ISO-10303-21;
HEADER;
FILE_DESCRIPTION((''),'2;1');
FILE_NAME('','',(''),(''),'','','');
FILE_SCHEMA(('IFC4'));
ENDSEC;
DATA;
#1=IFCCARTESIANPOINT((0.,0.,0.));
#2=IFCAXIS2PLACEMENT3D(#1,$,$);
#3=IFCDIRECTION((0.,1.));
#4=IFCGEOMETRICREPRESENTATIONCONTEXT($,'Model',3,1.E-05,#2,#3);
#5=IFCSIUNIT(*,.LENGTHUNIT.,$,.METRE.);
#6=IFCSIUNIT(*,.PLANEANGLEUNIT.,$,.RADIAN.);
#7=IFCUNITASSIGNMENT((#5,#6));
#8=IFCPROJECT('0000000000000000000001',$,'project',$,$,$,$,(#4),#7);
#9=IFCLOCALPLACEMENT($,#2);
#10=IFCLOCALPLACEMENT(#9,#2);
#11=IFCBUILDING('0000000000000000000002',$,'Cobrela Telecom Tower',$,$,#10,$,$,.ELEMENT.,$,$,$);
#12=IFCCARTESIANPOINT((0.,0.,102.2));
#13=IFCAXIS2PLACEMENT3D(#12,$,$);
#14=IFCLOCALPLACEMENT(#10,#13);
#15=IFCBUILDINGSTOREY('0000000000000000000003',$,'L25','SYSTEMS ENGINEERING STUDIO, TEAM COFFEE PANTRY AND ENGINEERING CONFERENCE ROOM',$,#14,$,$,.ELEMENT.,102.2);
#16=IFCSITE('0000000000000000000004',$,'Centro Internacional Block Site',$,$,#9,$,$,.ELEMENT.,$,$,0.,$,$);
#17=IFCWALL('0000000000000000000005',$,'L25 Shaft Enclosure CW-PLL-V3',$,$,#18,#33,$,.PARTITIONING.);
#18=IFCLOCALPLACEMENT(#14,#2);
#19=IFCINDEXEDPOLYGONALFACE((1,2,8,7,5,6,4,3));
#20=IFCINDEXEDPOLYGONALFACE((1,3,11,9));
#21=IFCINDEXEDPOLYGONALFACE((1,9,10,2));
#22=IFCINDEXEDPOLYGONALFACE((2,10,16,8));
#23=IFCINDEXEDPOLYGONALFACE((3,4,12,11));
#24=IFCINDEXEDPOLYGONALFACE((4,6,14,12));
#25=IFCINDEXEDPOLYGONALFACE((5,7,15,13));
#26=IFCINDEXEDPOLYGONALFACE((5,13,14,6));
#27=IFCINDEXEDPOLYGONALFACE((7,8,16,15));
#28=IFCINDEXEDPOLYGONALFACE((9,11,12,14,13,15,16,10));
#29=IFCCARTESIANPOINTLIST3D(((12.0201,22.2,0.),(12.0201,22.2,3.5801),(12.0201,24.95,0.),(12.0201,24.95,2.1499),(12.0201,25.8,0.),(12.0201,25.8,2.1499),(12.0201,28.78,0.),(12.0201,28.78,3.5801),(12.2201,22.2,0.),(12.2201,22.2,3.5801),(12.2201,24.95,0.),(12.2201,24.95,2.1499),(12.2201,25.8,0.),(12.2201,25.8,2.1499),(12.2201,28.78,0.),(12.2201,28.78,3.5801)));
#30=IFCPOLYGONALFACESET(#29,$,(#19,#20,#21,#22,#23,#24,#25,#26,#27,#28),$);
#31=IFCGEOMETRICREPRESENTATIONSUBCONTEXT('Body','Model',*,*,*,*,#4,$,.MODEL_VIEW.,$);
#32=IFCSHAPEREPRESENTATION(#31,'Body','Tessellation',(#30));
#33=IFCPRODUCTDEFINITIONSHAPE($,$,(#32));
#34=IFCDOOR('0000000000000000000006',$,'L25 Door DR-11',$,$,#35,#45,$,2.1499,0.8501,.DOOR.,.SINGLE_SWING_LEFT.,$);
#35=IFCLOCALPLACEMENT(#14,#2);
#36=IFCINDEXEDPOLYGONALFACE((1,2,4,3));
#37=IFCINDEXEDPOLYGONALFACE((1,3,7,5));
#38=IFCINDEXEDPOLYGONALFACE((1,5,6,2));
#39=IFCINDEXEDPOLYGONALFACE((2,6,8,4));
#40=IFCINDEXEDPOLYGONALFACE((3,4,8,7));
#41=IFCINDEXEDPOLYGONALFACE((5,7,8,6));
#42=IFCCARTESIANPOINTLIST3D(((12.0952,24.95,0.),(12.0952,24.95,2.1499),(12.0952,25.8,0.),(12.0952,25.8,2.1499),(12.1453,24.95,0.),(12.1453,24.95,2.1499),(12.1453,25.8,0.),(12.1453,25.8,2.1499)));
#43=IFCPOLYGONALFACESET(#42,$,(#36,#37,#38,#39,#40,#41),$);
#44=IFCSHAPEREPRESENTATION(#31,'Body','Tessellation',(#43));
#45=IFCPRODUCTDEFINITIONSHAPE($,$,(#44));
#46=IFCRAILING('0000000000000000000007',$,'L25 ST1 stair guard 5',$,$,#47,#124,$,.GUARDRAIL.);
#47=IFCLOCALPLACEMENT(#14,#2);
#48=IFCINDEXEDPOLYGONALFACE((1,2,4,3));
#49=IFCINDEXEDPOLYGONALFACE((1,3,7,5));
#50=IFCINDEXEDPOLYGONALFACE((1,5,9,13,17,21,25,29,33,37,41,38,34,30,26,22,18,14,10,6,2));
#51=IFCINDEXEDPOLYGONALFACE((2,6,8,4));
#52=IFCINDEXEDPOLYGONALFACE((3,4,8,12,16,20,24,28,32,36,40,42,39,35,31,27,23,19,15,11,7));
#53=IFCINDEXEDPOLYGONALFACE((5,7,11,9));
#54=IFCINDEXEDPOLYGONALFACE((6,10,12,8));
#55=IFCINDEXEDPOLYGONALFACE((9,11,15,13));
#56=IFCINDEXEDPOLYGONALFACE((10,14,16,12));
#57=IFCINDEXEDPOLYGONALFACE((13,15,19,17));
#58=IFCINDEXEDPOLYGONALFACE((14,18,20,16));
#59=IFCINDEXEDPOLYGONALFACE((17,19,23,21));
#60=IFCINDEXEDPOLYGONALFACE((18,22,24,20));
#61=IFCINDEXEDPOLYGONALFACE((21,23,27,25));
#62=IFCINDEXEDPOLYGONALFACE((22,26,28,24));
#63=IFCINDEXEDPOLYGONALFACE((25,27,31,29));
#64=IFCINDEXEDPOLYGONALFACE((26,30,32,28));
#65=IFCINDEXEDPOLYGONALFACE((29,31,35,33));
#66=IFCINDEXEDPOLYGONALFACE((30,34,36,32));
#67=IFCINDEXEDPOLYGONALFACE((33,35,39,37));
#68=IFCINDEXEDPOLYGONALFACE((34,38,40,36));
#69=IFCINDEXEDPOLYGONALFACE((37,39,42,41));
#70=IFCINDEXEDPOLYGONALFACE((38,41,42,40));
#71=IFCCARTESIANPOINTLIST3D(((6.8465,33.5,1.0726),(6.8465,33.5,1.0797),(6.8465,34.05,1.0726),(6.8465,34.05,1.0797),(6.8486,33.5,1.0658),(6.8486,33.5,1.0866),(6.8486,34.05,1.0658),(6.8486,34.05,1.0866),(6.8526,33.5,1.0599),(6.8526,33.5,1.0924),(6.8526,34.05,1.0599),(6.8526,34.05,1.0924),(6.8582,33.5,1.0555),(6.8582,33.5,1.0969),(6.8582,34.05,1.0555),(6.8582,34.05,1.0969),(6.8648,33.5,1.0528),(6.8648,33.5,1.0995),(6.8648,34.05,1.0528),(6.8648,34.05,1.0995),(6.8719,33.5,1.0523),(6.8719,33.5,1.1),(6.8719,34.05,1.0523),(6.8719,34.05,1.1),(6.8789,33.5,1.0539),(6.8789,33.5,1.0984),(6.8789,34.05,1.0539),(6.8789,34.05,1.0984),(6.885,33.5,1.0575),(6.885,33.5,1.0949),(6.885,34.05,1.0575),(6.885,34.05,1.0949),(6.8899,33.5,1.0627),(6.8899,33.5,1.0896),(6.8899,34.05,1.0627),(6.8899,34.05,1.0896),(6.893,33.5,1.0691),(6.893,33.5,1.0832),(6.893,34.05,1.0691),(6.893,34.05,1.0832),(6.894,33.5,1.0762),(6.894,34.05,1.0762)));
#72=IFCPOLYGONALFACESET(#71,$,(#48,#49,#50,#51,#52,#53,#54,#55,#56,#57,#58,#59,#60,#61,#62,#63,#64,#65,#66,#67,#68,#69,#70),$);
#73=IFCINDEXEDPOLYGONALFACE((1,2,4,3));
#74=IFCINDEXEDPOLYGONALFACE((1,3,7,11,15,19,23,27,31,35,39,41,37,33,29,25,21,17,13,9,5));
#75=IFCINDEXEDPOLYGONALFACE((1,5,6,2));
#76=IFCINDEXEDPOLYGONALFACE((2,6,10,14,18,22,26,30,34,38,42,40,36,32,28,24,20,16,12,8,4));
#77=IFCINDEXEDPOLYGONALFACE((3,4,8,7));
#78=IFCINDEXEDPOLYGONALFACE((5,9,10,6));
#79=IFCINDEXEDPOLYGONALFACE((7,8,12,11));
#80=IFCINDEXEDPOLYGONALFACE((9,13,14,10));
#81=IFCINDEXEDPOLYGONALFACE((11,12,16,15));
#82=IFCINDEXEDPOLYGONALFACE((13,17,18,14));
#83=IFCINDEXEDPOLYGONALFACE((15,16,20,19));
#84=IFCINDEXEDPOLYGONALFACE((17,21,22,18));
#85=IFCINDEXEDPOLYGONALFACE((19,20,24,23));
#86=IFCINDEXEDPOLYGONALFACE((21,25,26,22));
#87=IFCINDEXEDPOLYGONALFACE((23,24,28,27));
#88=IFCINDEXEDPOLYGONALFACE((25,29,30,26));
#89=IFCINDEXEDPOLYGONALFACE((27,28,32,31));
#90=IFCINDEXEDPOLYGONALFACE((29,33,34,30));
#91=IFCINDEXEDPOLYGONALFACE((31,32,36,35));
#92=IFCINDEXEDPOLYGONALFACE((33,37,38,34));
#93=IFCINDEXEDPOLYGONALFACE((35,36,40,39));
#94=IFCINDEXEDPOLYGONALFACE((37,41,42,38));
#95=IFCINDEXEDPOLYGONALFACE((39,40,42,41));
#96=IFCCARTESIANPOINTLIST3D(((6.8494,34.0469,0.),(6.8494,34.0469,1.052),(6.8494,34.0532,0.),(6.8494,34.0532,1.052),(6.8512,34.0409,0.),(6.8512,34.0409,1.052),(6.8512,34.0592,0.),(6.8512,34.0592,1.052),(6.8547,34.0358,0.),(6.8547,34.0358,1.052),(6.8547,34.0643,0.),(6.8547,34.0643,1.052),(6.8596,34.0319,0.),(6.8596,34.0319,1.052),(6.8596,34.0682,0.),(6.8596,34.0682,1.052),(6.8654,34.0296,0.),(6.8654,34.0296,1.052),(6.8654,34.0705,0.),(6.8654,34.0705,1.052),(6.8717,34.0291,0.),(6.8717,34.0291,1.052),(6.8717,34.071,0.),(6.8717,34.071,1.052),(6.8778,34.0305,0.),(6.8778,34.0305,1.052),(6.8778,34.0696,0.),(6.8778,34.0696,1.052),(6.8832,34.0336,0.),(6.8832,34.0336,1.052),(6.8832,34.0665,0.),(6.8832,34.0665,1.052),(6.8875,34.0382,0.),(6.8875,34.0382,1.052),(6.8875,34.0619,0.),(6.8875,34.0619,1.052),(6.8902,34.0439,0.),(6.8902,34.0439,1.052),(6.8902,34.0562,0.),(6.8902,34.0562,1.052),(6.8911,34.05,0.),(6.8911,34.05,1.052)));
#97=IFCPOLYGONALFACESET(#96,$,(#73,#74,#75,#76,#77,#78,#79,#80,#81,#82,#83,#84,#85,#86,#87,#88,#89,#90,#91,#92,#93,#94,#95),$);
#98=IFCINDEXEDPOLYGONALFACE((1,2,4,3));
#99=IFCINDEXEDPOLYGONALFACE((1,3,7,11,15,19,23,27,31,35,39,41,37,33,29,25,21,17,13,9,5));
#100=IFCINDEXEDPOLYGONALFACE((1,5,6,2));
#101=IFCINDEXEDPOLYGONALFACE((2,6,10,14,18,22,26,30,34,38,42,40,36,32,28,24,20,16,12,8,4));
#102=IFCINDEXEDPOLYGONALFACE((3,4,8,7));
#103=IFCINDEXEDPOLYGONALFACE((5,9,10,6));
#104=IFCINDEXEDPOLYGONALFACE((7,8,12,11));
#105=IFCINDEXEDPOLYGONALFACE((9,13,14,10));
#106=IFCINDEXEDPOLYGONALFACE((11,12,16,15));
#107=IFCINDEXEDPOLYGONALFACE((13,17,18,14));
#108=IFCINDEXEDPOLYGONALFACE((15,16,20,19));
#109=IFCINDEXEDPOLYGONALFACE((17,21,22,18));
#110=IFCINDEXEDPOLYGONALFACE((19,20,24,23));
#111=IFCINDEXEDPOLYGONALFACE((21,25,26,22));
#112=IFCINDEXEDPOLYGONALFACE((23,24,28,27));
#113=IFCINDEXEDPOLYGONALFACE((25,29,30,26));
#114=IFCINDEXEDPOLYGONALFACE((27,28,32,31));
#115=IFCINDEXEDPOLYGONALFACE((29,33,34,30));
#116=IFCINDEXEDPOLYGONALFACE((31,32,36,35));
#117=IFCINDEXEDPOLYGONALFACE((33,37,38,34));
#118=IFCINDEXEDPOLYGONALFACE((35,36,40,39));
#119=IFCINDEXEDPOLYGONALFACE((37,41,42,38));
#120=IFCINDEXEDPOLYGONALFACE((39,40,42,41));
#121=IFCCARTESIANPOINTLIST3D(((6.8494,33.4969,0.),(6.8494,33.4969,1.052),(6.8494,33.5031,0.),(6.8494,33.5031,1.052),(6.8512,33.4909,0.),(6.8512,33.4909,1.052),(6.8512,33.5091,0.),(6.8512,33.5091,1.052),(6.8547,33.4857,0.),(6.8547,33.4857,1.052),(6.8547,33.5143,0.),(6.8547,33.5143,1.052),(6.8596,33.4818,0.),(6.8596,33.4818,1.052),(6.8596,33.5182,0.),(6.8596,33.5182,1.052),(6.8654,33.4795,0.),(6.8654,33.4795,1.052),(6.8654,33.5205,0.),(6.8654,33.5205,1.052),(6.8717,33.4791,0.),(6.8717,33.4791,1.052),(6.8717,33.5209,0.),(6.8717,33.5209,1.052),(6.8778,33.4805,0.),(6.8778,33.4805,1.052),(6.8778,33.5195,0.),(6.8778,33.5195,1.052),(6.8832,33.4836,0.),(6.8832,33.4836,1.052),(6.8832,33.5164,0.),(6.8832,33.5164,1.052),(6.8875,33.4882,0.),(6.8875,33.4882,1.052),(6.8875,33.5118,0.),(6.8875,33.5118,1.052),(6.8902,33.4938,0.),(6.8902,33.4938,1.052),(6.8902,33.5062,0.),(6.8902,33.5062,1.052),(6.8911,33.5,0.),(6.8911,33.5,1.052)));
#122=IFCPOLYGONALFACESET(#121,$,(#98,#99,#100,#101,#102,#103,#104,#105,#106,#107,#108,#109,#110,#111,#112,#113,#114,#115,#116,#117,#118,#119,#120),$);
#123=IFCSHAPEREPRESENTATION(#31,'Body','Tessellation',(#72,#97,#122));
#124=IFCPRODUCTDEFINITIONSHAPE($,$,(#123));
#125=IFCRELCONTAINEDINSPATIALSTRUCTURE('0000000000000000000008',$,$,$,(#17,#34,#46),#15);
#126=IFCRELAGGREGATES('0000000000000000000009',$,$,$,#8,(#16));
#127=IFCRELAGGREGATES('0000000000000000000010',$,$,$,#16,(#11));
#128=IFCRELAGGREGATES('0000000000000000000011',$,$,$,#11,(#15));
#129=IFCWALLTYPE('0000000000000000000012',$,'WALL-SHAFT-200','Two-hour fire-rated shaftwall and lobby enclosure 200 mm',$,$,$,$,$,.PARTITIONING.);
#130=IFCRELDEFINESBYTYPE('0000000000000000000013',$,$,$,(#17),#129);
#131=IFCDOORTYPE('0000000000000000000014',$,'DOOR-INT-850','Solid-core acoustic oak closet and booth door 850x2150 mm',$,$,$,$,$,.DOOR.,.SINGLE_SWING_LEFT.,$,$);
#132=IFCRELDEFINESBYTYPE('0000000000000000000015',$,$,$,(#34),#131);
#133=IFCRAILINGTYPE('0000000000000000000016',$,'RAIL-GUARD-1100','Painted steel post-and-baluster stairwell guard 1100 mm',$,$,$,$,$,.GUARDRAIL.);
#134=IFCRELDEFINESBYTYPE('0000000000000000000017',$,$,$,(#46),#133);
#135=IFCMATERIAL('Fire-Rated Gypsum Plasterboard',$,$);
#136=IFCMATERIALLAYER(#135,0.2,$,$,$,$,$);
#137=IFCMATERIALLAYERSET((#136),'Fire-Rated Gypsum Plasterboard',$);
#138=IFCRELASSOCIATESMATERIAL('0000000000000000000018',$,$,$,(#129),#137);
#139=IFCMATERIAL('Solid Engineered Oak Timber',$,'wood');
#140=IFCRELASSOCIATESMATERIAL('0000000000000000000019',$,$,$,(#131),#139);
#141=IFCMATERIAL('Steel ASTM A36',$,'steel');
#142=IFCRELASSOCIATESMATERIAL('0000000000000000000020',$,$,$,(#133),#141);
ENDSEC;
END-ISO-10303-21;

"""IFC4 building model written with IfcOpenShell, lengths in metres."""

from ifc_helpers import new_model, si_unit, direction, frame, frame_2d, origin, origin_2d, place, context, subcontext, project, spatial, rectangle, circle, extrude, material, layer, layer_set, type_object, element, fill, save


model = new_model("IFC4")

# Units and contexts
model_context = context("Model", 3, precision=1e-05, world=origin(), true_north=direction((0.0, 1.0)))
body_context = subcontext(model_context, "Body", "Model", "MODEL_VIEW")
ifc_project = project(units=[si_unit("LENGTHUNIT", "METRE"), si_unit("PLANEANGLEUNIT", "RADIAN")], contexts=[model_context])

# Site, building, storey
site_placement = place(None, origin())
site = spatial("IfcSite", under=ifc_project, at=site_placement, Name="Centro Internacional Block Site", CompositionType="ELEMENT", RefElevation=0.0)
building_placement = place(site_placement, origin())
building = spatial("IfcBuilding", under=site, at=building_placement, Name="Cobrela Telecom Tower", CompositionType="ELEMENT")
storey_placement = place(building_placement, frame((0.0, 0.0, 102.2)))
storey = spatial("IfcBuildingStorey", under=building, at=storey_placement, Name="L25", Description="SYSTEMS ENGINEERING STUDIO, TEAM COFFEE PANTRY AND ENGINEERING CONFERENCE ROOM", CompositionType="ELEMENT", Elevation=102.2)

# Shared definitions
ifc_material_1 = material(Name="Steel ASTM A36", Category="steel")

# Shared definitions
ifc_material_2 = material(Name="Fire-Rated Gypsum Plasterboard")

# Shared definitions
ifc_layer_1 = layer(ifc_material_2, 0.2)
ifc_layer_set_1 = layer_set([ifc_layer_1], Name="Fire-Rated Gypsum Plasterboard")
wall_type_1 = type_object("IfcWallType", Name="WALL-SHAFT-200", Description="Two-hour fire-rated shaftwall and lobby enclosure 200 mm", PredefinedType="PARTITIONING", material=ifc_layer_set_1)

# Wall, opening, door
wall_1_placement = place(storey_placement, frame((12.1201, 22.2, 0.0), z_axis=(0.0, 0.0, 1.0), x_axis=(0.0, 1.0, 0.0)))
wall_1 = element("IfcWall", 1, at=wall_1_placement, inside=storey, type_object=wall_type_1, Name="L25 Shaft Enclosure CW-PLL-V3", PredefinedType="PARTITIONING", context=body_context, shape_type="SweptSolid", body=[
    extrude(rectangle(XDim=6.5801, YDim=0.2, at=frame_2d((3.29, 0.0))), origin(), (0.0, 0.0, 1.0), 3.5801),
])
opening_1_placement = place(wall_1_placement, frame((2.75, 0.0, 0.0)))
opening_1 = element("IfcOpeningElement", 2, at=opening_1_placement, cuts=wall_1, PredefinedType="OPENING", context=body_context, shape_type="SweptSolid", body=[
    extrude(rectangle(XDim=0.8501, YDim=2.1499, at=frame_2d((0.425, 1.075))), frame((0.0, 0.1118, 0.0), z_axis=(0.0, -1.0, 0.0), x_axis=(1.0, 0.0, 0.0)), (0.0, 0.0, 1.0), 0.2239),
])
ifc_material_3 = material(Name="Solid Engineered Oak Timber", Category="wood")
door_type_1 = type_object("IfcDoorType", Name="DOOR-INT-850", Description="Solid-core acoustic oak closet and booth door 850x2150 mm", OperationType="SINGLE_SWING_LEFT", PredefinedType="DOOR", material=ifc_material_3)
door_1_placement = place(opening_1_placement, origin())
door_1 = element("IfcDoor", 3, at=door_1_placement, inside=storey, type_object=door_type_1, Name="L25 Door DR-11", OperationType="SINGLE_SWING_LEFT", OverallHeight=2.1499, OverallWidth=0.8501, PredefinedType="DOOR", context=body_context, shape_type="SweptSolid", body=[
    extrude(rectangle(XDim=0.8501, YDim=2.1499, at=frame_2d((0.425, 1.075))), frame((0.0, 0.0249, 0.0), z_axis=(0.0, -1.0, 0.0), x_axis=(1.0, 0.0, 0.0)), (0.0, 0.0, 1.0), 0.05),
])
fill(opening_1, door_1)

# Railing
railing_type = type_object("IfcRailingType", Name="RAIL-GUARD-1100", Description="Painted steel post-and-baluster stairwell guard 1100 mm", PredefinedType="GUARDRAIL", material=ifc_material_1)
railing_placement = place(storey_placement, frame((6.8701, 34.05, 0.0)))
element("IfcRailing", 4, at=railing_placement, inside=storey, type_object=railing_type, Name="L25 ST1 stair guard 5", PredefinedType="GUARDRAIL", context=body_context, shape_type="SweptSolid", body=[
    extrude(circle(Radius=0.0239, at=origin_2d()), frame((0.0, 0.0, 1.0762), z_axis=(0.0, -1.0, 0.0), x_axis=(1.0, 0.0, 0.0)), (0.0, 0.0, 1.0), 0.55),
    extrude(circle(Radius=0.021, at=origin_2d()), origin(), (0.0, 0.0, 1.0), 1.052),
    extrude(circle(Radius=0.021, at=origin_2d()), frame((0.0, -0.55, 0.0)), (0.0, 0.0, 1.0), 1.052),
])

save(model, "model.ifc")
